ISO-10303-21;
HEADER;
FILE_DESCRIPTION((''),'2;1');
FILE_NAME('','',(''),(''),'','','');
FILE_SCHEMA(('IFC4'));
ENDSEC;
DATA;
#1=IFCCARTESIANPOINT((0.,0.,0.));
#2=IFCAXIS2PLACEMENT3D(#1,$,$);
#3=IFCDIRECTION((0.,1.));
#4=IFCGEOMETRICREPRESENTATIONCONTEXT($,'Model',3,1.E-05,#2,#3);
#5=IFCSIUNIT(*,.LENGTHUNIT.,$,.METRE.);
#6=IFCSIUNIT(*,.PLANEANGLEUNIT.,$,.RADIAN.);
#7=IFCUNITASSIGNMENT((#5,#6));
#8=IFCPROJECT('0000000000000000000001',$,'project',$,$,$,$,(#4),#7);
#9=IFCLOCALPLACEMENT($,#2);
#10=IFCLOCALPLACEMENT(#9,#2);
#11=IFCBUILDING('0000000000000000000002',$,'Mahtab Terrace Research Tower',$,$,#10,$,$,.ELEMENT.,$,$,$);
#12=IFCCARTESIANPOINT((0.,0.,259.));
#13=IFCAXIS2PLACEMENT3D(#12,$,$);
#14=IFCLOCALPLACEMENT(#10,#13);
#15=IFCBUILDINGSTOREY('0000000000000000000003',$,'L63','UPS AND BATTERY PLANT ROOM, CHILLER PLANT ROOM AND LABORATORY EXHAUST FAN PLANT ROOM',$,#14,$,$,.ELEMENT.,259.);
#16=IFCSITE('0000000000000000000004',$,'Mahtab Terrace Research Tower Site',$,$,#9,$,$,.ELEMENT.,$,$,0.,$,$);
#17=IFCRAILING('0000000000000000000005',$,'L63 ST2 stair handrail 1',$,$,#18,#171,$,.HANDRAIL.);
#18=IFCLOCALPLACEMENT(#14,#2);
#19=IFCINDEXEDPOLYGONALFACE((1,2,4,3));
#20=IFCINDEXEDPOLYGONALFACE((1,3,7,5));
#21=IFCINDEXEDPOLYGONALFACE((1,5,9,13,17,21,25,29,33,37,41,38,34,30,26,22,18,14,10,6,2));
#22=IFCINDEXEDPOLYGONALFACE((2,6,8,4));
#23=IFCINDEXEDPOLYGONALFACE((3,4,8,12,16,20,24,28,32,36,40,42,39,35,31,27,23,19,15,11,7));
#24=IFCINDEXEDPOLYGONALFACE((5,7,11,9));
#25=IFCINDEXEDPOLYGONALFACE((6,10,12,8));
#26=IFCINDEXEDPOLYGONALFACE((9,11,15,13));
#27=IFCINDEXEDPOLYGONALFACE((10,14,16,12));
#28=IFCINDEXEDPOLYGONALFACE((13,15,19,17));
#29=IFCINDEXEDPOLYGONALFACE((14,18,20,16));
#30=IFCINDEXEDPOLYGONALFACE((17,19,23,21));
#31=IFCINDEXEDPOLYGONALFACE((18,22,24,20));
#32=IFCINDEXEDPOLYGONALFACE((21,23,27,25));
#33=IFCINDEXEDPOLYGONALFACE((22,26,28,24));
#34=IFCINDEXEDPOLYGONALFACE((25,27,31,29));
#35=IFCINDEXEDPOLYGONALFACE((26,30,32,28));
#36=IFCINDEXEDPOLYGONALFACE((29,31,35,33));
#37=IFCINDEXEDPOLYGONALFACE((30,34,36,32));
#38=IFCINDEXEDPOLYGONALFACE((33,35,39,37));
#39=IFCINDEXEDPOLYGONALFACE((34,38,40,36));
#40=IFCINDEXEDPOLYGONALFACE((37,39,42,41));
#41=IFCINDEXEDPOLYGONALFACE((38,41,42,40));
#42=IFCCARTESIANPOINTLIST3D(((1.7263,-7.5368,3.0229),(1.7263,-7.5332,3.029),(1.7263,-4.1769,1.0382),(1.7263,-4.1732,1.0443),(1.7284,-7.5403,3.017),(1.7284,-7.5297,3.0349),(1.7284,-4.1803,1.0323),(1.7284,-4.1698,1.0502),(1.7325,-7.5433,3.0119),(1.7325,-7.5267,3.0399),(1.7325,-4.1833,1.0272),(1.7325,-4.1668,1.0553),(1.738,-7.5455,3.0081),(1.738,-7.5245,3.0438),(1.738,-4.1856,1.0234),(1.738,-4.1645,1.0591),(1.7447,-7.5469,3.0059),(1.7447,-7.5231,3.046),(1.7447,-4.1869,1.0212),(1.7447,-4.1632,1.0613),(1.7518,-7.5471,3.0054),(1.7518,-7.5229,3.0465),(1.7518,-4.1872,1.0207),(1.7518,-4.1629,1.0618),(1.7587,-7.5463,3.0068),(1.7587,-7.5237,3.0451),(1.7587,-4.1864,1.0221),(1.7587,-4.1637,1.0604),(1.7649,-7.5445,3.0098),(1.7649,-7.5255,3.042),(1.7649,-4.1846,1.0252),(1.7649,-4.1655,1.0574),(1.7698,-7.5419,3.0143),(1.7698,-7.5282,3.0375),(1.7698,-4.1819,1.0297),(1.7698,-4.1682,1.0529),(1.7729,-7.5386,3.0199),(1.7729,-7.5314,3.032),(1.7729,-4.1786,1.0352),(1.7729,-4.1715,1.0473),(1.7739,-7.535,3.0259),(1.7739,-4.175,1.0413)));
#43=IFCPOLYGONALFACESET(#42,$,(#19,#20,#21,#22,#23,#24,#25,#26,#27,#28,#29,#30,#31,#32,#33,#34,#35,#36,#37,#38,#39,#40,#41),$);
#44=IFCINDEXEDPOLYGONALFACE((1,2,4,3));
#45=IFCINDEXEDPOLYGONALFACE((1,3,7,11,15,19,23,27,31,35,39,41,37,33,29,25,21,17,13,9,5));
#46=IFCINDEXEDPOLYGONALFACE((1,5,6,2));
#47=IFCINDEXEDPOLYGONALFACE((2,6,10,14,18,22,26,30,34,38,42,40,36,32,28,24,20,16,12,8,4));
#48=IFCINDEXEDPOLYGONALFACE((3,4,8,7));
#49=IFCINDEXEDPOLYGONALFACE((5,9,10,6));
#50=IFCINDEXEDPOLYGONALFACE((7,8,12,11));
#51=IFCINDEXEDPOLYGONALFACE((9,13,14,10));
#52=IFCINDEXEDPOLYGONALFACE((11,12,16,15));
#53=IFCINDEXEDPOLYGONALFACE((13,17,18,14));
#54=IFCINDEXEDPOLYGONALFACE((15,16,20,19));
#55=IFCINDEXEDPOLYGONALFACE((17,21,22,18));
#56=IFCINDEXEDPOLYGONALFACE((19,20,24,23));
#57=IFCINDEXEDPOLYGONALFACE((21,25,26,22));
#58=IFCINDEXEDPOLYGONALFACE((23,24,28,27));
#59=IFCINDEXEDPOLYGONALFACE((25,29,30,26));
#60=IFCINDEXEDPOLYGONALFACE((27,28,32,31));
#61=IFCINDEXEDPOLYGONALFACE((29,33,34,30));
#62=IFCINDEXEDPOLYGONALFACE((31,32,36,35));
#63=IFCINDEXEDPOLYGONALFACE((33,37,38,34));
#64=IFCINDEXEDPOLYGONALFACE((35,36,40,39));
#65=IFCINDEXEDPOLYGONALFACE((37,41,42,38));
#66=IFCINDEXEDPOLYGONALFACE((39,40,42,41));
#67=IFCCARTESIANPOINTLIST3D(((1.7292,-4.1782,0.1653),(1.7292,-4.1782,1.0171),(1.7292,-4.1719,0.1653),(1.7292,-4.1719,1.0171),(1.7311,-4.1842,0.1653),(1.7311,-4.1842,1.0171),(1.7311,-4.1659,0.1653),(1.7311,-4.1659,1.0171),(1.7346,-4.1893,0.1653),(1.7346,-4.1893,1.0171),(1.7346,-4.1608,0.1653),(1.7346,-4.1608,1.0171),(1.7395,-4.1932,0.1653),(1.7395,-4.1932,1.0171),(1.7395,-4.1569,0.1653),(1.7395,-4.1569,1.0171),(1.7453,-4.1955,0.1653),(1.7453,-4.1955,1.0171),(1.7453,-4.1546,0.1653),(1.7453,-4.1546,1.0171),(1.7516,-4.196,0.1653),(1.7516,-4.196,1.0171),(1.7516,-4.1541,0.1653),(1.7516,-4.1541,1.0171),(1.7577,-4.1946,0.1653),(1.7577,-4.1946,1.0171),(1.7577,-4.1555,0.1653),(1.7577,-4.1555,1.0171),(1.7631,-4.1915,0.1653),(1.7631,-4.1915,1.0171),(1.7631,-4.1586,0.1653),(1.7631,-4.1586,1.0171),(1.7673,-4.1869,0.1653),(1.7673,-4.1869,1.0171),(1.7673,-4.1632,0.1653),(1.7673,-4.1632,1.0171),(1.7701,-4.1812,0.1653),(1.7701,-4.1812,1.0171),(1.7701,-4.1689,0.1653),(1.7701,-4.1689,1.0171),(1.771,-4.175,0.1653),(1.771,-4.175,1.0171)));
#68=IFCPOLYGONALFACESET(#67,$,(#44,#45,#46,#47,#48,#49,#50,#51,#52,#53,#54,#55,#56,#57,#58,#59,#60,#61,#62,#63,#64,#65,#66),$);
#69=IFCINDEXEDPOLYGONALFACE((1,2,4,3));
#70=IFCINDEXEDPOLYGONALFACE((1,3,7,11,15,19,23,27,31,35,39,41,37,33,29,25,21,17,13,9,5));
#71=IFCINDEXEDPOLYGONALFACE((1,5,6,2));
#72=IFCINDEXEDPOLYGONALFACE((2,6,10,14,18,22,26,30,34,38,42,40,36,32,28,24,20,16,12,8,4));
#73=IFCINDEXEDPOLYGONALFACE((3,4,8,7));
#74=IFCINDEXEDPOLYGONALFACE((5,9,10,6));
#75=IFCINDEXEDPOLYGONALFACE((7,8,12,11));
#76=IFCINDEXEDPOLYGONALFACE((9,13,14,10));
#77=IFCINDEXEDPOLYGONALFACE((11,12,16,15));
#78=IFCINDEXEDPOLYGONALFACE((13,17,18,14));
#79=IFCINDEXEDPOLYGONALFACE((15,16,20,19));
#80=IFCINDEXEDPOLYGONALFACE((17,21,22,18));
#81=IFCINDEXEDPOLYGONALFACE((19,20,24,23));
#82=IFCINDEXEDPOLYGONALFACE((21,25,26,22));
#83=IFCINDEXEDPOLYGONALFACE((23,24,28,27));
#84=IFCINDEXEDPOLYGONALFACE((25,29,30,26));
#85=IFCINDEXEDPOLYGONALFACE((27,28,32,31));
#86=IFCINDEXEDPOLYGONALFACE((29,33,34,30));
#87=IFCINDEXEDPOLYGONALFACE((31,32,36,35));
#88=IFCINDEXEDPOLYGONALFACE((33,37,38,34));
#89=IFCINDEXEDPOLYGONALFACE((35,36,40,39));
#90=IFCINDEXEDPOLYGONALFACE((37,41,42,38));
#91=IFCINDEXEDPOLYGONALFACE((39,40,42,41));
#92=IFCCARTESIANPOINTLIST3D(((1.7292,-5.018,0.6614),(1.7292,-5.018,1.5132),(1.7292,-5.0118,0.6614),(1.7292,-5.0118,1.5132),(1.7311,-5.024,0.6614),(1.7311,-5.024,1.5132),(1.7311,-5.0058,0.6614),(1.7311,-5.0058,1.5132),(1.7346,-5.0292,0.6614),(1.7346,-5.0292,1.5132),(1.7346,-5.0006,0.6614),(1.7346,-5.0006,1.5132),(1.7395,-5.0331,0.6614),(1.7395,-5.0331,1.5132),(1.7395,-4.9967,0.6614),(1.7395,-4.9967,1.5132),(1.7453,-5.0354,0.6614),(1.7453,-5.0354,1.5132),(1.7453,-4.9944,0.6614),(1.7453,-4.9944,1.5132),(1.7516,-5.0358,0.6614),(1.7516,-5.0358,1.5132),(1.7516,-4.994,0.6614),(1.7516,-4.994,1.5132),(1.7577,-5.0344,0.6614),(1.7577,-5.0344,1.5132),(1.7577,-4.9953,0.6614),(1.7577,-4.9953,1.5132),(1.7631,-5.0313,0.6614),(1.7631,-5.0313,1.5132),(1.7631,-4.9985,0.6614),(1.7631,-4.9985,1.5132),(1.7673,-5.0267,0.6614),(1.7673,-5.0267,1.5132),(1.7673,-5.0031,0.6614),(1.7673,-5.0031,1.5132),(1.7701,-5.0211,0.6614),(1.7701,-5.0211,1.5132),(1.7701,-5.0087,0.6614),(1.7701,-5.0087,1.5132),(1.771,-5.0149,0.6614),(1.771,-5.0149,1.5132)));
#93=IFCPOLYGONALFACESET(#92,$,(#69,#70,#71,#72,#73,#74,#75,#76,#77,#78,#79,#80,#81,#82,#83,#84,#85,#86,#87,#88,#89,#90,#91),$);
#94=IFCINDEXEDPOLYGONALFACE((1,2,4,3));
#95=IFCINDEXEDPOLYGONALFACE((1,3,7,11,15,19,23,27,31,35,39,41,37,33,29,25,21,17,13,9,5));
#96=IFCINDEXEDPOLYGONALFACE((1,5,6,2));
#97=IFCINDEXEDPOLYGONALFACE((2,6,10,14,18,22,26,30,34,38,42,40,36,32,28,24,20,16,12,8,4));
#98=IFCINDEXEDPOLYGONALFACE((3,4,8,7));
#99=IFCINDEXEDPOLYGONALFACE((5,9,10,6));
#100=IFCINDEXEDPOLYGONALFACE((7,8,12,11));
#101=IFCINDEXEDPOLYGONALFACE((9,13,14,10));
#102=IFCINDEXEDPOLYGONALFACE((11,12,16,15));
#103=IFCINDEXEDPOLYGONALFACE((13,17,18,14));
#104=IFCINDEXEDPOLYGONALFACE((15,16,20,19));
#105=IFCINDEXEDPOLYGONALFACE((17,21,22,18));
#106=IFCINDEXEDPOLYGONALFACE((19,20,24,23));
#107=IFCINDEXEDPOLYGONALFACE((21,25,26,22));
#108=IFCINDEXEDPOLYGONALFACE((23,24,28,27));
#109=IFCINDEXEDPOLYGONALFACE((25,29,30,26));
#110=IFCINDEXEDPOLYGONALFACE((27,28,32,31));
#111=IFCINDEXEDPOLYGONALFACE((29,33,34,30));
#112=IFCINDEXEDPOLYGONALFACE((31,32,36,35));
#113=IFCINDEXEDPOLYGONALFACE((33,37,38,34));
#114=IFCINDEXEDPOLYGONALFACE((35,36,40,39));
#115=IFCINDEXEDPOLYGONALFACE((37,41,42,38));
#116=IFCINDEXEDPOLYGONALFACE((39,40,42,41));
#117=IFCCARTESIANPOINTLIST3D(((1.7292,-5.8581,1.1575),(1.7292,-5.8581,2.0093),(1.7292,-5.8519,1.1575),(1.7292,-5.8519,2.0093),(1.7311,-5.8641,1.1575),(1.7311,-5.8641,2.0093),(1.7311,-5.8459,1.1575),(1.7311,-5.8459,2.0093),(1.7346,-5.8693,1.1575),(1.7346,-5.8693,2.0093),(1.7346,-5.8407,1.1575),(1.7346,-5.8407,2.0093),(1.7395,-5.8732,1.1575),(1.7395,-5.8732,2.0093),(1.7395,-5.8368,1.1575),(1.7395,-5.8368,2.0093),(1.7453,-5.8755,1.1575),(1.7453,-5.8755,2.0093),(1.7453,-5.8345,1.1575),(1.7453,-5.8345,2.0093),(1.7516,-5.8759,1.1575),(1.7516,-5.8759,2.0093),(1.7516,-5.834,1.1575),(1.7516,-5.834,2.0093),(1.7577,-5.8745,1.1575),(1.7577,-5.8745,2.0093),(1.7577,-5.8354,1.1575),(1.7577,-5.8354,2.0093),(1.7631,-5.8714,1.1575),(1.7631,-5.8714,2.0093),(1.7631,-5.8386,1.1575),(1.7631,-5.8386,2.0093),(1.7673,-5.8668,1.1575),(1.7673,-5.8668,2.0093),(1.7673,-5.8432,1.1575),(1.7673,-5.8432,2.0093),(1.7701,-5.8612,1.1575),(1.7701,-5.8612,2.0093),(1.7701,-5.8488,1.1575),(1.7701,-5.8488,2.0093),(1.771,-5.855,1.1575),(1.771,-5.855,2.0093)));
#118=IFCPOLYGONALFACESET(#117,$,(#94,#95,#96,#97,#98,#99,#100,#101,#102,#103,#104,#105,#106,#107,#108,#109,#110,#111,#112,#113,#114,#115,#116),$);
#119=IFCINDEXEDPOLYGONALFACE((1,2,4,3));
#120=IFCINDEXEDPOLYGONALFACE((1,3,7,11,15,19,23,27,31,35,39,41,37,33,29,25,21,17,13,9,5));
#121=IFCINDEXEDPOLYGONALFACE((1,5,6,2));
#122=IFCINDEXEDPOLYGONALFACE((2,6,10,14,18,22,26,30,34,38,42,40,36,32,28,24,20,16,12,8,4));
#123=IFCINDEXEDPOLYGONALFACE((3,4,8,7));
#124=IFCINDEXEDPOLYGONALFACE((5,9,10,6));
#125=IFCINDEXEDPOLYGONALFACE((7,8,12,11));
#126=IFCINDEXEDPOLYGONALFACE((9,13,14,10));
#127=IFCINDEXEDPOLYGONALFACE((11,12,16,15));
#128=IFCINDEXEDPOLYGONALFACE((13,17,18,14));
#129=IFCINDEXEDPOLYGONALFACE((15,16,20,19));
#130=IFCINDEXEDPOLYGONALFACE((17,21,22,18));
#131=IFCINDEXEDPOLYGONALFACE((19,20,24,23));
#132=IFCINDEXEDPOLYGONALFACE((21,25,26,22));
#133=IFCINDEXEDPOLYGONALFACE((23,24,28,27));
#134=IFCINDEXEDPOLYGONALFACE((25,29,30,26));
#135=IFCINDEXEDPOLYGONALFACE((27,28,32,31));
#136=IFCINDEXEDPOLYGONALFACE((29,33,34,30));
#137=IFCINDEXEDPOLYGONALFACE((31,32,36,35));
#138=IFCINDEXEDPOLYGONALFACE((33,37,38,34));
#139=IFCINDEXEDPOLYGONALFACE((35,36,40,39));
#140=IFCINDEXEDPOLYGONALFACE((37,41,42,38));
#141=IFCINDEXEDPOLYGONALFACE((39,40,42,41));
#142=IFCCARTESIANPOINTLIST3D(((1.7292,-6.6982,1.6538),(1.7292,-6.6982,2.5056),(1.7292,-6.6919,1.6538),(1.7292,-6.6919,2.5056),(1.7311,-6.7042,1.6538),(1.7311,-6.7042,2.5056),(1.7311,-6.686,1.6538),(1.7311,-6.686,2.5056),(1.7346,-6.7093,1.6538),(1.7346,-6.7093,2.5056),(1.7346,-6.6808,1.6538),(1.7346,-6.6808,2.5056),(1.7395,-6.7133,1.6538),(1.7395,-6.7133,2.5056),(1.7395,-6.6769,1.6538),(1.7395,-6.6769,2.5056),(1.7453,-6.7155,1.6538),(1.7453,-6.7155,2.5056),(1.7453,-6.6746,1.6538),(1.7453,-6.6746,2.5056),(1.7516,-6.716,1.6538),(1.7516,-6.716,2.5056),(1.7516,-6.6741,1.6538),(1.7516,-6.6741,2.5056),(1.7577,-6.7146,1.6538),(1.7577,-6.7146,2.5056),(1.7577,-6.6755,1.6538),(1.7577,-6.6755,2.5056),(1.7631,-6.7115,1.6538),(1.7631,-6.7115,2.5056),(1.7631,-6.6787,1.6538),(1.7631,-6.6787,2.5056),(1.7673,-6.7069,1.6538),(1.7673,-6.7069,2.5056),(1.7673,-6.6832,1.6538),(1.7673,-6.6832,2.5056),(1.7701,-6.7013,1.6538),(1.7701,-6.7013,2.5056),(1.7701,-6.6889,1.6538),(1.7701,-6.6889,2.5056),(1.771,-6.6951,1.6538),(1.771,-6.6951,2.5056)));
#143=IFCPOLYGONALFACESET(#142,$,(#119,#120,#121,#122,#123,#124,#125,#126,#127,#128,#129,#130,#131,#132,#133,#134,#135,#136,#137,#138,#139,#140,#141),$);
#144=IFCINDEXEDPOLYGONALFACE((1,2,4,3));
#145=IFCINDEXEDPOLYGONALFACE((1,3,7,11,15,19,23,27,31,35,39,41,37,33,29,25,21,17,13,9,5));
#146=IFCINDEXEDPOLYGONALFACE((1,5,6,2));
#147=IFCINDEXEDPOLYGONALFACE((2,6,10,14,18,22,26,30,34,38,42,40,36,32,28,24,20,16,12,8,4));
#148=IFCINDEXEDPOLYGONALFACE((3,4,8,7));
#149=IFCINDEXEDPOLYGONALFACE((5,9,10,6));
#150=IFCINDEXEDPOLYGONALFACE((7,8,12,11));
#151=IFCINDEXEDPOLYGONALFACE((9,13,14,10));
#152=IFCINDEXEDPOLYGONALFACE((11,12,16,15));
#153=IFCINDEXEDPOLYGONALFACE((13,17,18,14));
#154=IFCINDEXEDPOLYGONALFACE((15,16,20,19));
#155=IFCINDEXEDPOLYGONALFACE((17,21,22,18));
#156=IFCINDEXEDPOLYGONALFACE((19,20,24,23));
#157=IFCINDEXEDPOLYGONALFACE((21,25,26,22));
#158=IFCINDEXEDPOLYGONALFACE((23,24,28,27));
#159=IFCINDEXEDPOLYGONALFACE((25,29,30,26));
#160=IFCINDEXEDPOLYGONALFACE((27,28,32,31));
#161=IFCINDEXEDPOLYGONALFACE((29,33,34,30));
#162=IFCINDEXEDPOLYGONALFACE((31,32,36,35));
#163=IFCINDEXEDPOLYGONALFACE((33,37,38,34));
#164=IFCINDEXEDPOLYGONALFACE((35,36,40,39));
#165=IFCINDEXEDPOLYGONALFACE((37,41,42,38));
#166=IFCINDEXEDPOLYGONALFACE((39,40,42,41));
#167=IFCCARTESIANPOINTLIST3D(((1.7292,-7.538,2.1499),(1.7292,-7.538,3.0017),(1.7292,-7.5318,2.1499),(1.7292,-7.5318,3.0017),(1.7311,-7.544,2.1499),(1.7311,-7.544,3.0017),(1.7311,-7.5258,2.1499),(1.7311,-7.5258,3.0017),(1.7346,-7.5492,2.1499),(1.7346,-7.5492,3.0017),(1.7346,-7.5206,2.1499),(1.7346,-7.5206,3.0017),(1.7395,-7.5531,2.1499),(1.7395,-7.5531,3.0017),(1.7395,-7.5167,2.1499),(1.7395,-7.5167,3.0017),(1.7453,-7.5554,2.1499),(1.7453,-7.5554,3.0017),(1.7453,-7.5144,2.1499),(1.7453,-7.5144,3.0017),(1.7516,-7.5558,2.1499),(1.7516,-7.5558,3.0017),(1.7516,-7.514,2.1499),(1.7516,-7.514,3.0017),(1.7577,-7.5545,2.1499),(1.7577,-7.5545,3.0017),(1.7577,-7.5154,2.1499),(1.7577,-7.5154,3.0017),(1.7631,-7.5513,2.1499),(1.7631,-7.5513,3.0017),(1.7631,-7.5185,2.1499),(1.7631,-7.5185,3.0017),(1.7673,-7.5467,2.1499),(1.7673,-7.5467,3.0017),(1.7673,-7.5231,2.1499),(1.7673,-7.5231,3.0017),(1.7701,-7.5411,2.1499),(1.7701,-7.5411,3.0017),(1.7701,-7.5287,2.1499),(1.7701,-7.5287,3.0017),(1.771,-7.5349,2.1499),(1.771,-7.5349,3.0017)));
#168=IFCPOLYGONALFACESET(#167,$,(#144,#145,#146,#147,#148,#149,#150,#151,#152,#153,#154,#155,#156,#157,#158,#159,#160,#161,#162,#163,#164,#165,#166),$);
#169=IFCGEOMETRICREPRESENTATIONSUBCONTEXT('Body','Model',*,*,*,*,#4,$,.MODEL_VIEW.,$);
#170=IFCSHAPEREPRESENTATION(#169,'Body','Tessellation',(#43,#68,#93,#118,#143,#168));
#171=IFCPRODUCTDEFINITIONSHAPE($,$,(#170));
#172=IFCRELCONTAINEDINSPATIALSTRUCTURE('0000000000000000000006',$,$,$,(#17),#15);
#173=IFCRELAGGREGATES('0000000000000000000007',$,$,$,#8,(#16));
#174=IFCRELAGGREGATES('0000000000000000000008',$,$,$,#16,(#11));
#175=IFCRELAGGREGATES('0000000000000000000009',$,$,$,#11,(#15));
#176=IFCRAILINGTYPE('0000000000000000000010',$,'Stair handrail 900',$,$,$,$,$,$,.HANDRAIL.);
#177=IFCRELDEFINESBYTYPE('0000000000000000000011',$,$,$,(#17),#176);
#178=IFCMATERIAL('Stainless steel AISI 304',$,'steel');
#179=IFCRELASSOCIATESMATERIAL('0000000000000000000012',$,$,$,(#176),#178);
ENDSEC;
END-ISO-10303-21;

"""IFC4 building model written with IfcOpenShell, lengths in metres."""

from ifc_helpers import new_model, si_unit, direction, frame, origin, origin_2d, place, context, subcontext, project, spatial, circle, extrude, material, type_object, element, save


model = new_model("IFC4")

# Units and contexts
model_context = context("Model", 3, precision=1e-05, world=origin(), true_north=direction((0.0, 1.0)))
body_context = subcontext(model_context, "Body", "Model", "MODEL_VIEW")
ifc_project = project(units=[si_unit("LENGTHUNIT", "METRE"), si_unit("PLANEANGLEUNIT", "RADIAN")], contexts=[model_context])

# Site, building, storey
site_placement = place(None, origin())
site = spatial("IfcSite", under=ifc_project, at=site_placement, Name="Mahtab Terrace Research Tower Site", CompositionType="ELEMENT", RefElevation=0.0)
building_placement = place(site_placement, origin())
building = spatial("IfcBuilding", under=site, at=building_placement, Name="Mahtab Terrace Research Tower", CompositionType="ELEMENT")
storey_placement = place(building_placement, frame((0.0, 0.0, 259.0)))
storey = spatial("IfcBuildingStorey", under=building, at=storey_placement, Name="L63", Description="UPS AND BATTERY PLANT ROOM, CHILLER PLANT ROOM AND LABORATORY EXHAUST FAN PLANT ROOM", CompositionType="ELEMENT", Elevation=259.0)

# Railing
ifc_material_1 = material(Name="Stainless steel AISI 304", Category="steel")
railing_type_1 = type_object("IfcRailingType", Name="Stair handrail 900", PredefinedType="HANDRAIL", material=ifc_material_1)
railing_1_placement = place(storey_placement, frame((1.75, -4.175, 0.1653)))
element("IfcRailing", 1, at=railing_1_placement, inside=storey, type_object=railing_type_1, Name="L63 ST2 stair handrail 1", PredefinedType="HANDRAIL", context=body_context, shape_type="SweptSolid", body=[
    extrude(circle(Radius=0.0239, at=origin_2d()), frame((0.0, 0.0, 0.876), z_axis=(0.0, -0.861011, 0.508586), x_axis=(1.0, 0.0, 0.0)), (0.0, 0.0, 1.0), 3.9023),
    extrude(circle(Radius=0.021, at=origin_2d()), origin(), (0.0, 0.0, 1.0), 0.8518),
    extrude(circle(Radius=0.021, at=origin_2d()), frame((0.0, -0.8398, 0.4961)), (0.0, 0.0, 1.0), 0.8518),
    extrude(circle(Radius=0.021, at=origin_2d()), frame((0.0, -1.6799, 0.9922)), (0.0, 0.0, 1.0), 0.8518),
    extrude(circle(Radius=0.021, at=origin_2d()), frame((0.0, -2.52, 1.4885)), (0.0, 0.0, 1.0), 0.8518),
    extrude(circle(Radius=0.021, at=origin_2d()), frame((0.0, -3.3599, 1.9846)), (0.0, 0.0, 1.0), 0.8518),
])

save(model, "model.ifc")
